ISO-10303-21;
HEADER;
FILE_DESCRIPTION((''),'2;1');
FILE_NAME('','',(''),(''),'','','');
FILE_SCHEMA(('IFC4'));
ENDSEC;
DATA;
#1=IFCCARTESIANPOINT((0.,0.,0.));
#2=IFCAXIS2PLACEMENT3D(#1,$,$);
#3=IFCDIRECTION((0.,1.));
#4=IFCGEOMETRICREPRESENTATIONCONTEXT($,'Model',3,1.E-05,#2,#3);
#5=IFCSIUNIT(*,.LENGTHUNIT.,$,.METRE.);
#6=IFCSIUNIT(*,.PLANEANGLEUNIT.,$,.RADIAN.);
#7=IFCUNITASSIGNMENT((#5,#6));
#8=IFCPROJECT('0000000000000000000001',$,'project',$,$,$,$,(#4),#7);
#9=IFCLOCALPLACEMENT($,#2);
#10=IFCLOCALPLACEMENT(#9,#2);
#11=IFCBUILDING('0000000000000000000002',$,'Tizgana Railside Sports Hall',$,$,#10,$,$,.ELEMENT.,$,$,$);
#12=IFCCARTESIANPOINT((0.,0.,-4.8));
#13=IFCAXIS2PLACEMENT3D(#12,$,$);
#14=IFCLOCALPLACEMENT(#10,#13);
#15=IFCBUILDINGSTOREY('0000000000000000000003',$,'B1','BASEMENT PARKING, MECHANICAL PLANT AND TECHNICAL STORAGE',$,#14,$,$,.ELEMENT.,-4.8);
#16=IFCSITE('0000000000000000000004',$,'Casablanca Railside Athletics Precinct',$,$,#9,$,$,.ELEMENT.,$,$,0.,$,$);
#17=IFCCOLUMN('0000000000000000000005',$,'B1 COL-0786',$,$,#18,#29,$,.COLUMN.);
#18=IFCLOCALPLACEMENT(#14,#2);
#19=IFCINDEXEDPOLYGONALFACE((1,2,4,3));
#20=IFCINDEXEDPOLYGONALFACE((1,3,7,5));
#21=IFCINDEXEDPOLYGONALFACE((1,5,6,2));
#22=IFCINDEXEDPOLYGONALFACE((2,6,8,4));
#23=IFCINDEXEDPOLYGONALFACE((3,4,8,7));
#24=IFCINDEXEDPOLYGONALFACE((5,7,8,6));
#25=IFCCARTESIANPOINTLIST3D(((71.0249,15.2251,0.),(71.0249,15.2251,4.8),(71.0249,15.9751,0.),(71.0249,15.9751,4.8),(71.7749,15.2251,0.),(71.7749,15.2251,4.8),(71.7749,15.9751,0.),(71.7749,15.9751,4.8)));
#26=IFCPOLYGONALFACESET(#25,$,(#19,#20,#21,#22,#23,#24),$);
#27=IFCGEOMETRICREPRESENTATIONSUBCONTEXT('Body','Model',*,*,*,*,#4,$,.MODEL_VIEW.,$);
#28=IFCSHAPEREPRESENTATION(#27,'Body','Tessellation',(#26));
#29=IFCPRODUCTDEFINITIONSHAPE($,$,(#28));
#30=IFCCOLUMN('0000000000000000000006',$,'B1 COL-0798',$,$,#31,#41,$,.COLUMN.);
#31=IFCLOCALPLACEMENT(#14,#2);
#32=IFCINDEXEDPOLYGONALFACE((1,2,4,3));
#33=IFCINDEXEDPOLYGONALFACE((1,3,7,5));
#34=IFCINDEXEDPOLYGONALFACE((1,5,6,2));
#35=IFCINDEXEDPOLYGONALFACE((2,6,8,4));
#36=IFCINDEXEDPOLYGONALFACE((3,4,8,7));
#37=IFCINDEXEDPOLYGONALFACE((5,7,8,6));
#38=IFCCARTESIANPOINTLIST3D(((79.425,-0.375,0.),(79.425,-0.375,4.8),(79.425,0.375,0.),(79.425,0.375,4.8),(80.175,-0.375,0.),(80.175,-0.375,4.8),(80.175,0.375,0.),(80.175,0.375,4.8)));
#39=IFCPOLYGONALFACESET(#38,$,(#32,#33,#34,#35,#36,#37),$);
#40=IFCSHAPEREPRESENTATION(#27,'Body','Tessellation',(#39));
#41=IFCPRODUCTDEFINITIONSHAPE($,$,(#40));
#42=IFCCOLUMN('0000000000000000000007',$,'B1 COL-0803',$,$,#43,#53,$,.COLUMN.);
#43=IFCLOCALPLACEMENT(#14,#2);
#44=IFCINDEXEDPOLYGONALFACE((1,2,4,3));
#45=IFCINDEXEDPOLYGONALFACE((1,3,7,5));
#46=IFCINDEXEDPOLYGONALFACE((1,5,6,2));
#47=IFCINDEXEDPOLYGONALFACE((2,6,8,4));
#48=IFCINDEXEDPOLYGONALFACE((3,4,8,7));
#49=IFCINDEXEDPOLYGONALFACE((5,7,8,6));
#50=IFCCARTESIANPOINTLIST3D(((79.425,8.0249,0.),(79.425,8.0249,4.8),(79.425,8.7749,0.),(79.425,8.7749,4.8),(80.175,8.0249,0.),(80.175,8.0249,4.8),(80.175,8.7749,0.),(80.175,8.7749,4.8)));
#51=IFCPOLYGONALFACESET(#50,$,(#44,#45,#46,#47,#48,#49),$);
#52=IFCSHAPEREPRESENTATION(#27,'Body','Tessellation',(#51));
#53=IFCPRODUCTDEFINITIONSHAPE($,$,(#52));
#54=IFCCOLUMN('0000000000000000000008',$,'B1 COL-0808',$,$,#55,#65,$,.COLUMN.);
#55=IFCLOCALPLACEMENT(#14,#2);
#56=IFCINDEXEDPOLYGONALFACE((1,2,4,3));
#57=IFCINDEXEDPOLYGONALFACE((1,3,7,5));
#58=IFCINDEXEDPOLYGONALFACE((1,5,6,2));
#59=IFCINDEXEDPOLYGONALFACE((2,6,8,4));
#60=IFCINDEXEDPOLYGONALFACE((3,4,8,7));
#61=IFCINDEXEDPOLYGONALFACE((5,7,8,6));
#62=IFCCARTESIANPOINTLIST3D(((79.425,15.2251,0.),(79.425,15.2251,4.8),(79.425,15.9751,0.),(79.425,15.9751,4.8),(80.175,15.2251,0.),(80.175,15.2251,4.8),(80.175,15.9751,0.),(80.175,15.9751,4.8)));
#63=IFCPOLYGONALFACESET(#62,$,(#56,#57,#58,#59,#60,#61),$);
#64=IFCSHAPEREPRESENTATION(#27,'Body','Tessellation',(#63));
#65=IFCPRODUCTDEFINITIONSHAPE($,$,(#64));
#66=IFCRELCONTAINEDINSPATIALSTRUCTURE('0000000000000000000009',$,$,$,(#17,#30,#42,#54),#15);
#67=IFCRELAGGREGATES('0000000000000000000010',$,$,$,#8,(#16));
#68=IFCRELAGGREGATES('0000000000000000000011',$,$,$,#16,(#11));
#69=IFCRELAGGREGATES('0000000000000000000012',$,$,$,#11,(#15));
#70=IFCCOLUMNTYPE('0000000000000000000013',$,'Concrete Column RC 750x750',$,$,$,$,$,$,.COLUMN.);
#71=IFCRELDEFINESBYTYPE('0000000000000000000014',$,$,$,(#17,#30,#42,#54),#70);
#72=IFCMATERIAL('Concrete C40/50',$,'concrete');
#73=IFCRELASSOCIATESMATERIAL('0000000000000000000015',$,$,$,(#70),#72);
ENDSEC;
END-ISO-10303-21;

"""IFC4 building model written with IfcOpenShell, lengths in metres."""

from ifc_helpers import new_model, si_unit, direction, frame, origin, origin_2d, place, context, subcontext, project, spatial, rectangle, extrude, material, material_profile, profile_set, type_object, element, save


model = new_model("IFC4")

# Units and contexts
model_context = context("Model", 3, precision=1e-05, world=origin(), true_north=direction((0.0, 1.0)))
body_context = subcontext(model_context, "Body", "Model", "MODEL_VIEW")
ifc_project = project(units=[si_unit("LENGTHUNIT", "METRE"), si_unit("PLANEANGLEUNIT", "RADIAN")], contexts=[model_context])

# Site, building, storey
site_placement = place(None, origin())
site = spatial("IfcSite", under=ifc_project, at=site_placement, Name="Casablanca Railside Athletics Precinct", CompositionType="ELEMENT", RefElevation=0.0)
building_placement = place(site_placement, origin())
building = spatial("IfcBuilding", under=site, at=building_placement, Name="Tizgana Railside Sports Hall", CompositionType="ELEMENT")
storey_placement = place(building_placement, frame((0.0, 0.0, -4.8)))
storey = spatial("IfcBuildingStorey", under=building, at=storey_placement, Name="B1", Description="BASEMENT PARKING, MECHANICAL PLANT AND TECHNICAL STORAGE", CompositionType="ELEMENT", Elevation=-4.8)

# Columns
ifc_material_1 = material(Name="Concrete C40/50", Category="concrete")
ifc_material_profile_1 = material_profile(ifc_material_1, rectangle(XDim=0.75, YDim=0.75, at=origin_2d()), Name="RC 750x750")
ifc_profile_set_1 = profile_set([ifc_material_profile_1], Name="Concrete C40/50")
column_type = type_object("IfcColumnType", Name="Concrete Column RC 750x750", PredefinedType="COLUMN", material=ifc_profile_set_1)
for number, where, z_axis, x_axis, name in (
    (1, (71.3999, 15.6001, 0.0), (0.0, 0.0, 1.0), (1.0, 0.0, 0.0), "B1 COL-0786"),
    (2, (79.8, 0.0, 0.0), (0.0, 0.0, 1.0), (1.0, 0.0, 0.0), "B1 COL-0798"),
    (3, (79.8, 8.3999, 0.0), (0.0, 0.0, 1.0), (1.0, 0.0, 0.0), "B1 COL-0803"),
    (4, (79.8, 15.6001, 0.0), (0.0, 0.0, 1.0), (1.0, 0.0, 0.0), "B1 COL-0808"),
):
    element("IfcColumn", number, at=place(storey_placement, frame(where, z_axis=z_axis, x_axis=x_axis)), inside=storey, type_object=column_type, Name=name, PredefinedType="COLUMN", context=body_context, shape_type="SweptSolid", body=[
        extrude(rectangle(XDim=0.75, YDim=0.75, at=origin_2d()), origin(), (0.0, 0.0, 1.0), 4.8),
    ])

save(model, "model.ifc")
